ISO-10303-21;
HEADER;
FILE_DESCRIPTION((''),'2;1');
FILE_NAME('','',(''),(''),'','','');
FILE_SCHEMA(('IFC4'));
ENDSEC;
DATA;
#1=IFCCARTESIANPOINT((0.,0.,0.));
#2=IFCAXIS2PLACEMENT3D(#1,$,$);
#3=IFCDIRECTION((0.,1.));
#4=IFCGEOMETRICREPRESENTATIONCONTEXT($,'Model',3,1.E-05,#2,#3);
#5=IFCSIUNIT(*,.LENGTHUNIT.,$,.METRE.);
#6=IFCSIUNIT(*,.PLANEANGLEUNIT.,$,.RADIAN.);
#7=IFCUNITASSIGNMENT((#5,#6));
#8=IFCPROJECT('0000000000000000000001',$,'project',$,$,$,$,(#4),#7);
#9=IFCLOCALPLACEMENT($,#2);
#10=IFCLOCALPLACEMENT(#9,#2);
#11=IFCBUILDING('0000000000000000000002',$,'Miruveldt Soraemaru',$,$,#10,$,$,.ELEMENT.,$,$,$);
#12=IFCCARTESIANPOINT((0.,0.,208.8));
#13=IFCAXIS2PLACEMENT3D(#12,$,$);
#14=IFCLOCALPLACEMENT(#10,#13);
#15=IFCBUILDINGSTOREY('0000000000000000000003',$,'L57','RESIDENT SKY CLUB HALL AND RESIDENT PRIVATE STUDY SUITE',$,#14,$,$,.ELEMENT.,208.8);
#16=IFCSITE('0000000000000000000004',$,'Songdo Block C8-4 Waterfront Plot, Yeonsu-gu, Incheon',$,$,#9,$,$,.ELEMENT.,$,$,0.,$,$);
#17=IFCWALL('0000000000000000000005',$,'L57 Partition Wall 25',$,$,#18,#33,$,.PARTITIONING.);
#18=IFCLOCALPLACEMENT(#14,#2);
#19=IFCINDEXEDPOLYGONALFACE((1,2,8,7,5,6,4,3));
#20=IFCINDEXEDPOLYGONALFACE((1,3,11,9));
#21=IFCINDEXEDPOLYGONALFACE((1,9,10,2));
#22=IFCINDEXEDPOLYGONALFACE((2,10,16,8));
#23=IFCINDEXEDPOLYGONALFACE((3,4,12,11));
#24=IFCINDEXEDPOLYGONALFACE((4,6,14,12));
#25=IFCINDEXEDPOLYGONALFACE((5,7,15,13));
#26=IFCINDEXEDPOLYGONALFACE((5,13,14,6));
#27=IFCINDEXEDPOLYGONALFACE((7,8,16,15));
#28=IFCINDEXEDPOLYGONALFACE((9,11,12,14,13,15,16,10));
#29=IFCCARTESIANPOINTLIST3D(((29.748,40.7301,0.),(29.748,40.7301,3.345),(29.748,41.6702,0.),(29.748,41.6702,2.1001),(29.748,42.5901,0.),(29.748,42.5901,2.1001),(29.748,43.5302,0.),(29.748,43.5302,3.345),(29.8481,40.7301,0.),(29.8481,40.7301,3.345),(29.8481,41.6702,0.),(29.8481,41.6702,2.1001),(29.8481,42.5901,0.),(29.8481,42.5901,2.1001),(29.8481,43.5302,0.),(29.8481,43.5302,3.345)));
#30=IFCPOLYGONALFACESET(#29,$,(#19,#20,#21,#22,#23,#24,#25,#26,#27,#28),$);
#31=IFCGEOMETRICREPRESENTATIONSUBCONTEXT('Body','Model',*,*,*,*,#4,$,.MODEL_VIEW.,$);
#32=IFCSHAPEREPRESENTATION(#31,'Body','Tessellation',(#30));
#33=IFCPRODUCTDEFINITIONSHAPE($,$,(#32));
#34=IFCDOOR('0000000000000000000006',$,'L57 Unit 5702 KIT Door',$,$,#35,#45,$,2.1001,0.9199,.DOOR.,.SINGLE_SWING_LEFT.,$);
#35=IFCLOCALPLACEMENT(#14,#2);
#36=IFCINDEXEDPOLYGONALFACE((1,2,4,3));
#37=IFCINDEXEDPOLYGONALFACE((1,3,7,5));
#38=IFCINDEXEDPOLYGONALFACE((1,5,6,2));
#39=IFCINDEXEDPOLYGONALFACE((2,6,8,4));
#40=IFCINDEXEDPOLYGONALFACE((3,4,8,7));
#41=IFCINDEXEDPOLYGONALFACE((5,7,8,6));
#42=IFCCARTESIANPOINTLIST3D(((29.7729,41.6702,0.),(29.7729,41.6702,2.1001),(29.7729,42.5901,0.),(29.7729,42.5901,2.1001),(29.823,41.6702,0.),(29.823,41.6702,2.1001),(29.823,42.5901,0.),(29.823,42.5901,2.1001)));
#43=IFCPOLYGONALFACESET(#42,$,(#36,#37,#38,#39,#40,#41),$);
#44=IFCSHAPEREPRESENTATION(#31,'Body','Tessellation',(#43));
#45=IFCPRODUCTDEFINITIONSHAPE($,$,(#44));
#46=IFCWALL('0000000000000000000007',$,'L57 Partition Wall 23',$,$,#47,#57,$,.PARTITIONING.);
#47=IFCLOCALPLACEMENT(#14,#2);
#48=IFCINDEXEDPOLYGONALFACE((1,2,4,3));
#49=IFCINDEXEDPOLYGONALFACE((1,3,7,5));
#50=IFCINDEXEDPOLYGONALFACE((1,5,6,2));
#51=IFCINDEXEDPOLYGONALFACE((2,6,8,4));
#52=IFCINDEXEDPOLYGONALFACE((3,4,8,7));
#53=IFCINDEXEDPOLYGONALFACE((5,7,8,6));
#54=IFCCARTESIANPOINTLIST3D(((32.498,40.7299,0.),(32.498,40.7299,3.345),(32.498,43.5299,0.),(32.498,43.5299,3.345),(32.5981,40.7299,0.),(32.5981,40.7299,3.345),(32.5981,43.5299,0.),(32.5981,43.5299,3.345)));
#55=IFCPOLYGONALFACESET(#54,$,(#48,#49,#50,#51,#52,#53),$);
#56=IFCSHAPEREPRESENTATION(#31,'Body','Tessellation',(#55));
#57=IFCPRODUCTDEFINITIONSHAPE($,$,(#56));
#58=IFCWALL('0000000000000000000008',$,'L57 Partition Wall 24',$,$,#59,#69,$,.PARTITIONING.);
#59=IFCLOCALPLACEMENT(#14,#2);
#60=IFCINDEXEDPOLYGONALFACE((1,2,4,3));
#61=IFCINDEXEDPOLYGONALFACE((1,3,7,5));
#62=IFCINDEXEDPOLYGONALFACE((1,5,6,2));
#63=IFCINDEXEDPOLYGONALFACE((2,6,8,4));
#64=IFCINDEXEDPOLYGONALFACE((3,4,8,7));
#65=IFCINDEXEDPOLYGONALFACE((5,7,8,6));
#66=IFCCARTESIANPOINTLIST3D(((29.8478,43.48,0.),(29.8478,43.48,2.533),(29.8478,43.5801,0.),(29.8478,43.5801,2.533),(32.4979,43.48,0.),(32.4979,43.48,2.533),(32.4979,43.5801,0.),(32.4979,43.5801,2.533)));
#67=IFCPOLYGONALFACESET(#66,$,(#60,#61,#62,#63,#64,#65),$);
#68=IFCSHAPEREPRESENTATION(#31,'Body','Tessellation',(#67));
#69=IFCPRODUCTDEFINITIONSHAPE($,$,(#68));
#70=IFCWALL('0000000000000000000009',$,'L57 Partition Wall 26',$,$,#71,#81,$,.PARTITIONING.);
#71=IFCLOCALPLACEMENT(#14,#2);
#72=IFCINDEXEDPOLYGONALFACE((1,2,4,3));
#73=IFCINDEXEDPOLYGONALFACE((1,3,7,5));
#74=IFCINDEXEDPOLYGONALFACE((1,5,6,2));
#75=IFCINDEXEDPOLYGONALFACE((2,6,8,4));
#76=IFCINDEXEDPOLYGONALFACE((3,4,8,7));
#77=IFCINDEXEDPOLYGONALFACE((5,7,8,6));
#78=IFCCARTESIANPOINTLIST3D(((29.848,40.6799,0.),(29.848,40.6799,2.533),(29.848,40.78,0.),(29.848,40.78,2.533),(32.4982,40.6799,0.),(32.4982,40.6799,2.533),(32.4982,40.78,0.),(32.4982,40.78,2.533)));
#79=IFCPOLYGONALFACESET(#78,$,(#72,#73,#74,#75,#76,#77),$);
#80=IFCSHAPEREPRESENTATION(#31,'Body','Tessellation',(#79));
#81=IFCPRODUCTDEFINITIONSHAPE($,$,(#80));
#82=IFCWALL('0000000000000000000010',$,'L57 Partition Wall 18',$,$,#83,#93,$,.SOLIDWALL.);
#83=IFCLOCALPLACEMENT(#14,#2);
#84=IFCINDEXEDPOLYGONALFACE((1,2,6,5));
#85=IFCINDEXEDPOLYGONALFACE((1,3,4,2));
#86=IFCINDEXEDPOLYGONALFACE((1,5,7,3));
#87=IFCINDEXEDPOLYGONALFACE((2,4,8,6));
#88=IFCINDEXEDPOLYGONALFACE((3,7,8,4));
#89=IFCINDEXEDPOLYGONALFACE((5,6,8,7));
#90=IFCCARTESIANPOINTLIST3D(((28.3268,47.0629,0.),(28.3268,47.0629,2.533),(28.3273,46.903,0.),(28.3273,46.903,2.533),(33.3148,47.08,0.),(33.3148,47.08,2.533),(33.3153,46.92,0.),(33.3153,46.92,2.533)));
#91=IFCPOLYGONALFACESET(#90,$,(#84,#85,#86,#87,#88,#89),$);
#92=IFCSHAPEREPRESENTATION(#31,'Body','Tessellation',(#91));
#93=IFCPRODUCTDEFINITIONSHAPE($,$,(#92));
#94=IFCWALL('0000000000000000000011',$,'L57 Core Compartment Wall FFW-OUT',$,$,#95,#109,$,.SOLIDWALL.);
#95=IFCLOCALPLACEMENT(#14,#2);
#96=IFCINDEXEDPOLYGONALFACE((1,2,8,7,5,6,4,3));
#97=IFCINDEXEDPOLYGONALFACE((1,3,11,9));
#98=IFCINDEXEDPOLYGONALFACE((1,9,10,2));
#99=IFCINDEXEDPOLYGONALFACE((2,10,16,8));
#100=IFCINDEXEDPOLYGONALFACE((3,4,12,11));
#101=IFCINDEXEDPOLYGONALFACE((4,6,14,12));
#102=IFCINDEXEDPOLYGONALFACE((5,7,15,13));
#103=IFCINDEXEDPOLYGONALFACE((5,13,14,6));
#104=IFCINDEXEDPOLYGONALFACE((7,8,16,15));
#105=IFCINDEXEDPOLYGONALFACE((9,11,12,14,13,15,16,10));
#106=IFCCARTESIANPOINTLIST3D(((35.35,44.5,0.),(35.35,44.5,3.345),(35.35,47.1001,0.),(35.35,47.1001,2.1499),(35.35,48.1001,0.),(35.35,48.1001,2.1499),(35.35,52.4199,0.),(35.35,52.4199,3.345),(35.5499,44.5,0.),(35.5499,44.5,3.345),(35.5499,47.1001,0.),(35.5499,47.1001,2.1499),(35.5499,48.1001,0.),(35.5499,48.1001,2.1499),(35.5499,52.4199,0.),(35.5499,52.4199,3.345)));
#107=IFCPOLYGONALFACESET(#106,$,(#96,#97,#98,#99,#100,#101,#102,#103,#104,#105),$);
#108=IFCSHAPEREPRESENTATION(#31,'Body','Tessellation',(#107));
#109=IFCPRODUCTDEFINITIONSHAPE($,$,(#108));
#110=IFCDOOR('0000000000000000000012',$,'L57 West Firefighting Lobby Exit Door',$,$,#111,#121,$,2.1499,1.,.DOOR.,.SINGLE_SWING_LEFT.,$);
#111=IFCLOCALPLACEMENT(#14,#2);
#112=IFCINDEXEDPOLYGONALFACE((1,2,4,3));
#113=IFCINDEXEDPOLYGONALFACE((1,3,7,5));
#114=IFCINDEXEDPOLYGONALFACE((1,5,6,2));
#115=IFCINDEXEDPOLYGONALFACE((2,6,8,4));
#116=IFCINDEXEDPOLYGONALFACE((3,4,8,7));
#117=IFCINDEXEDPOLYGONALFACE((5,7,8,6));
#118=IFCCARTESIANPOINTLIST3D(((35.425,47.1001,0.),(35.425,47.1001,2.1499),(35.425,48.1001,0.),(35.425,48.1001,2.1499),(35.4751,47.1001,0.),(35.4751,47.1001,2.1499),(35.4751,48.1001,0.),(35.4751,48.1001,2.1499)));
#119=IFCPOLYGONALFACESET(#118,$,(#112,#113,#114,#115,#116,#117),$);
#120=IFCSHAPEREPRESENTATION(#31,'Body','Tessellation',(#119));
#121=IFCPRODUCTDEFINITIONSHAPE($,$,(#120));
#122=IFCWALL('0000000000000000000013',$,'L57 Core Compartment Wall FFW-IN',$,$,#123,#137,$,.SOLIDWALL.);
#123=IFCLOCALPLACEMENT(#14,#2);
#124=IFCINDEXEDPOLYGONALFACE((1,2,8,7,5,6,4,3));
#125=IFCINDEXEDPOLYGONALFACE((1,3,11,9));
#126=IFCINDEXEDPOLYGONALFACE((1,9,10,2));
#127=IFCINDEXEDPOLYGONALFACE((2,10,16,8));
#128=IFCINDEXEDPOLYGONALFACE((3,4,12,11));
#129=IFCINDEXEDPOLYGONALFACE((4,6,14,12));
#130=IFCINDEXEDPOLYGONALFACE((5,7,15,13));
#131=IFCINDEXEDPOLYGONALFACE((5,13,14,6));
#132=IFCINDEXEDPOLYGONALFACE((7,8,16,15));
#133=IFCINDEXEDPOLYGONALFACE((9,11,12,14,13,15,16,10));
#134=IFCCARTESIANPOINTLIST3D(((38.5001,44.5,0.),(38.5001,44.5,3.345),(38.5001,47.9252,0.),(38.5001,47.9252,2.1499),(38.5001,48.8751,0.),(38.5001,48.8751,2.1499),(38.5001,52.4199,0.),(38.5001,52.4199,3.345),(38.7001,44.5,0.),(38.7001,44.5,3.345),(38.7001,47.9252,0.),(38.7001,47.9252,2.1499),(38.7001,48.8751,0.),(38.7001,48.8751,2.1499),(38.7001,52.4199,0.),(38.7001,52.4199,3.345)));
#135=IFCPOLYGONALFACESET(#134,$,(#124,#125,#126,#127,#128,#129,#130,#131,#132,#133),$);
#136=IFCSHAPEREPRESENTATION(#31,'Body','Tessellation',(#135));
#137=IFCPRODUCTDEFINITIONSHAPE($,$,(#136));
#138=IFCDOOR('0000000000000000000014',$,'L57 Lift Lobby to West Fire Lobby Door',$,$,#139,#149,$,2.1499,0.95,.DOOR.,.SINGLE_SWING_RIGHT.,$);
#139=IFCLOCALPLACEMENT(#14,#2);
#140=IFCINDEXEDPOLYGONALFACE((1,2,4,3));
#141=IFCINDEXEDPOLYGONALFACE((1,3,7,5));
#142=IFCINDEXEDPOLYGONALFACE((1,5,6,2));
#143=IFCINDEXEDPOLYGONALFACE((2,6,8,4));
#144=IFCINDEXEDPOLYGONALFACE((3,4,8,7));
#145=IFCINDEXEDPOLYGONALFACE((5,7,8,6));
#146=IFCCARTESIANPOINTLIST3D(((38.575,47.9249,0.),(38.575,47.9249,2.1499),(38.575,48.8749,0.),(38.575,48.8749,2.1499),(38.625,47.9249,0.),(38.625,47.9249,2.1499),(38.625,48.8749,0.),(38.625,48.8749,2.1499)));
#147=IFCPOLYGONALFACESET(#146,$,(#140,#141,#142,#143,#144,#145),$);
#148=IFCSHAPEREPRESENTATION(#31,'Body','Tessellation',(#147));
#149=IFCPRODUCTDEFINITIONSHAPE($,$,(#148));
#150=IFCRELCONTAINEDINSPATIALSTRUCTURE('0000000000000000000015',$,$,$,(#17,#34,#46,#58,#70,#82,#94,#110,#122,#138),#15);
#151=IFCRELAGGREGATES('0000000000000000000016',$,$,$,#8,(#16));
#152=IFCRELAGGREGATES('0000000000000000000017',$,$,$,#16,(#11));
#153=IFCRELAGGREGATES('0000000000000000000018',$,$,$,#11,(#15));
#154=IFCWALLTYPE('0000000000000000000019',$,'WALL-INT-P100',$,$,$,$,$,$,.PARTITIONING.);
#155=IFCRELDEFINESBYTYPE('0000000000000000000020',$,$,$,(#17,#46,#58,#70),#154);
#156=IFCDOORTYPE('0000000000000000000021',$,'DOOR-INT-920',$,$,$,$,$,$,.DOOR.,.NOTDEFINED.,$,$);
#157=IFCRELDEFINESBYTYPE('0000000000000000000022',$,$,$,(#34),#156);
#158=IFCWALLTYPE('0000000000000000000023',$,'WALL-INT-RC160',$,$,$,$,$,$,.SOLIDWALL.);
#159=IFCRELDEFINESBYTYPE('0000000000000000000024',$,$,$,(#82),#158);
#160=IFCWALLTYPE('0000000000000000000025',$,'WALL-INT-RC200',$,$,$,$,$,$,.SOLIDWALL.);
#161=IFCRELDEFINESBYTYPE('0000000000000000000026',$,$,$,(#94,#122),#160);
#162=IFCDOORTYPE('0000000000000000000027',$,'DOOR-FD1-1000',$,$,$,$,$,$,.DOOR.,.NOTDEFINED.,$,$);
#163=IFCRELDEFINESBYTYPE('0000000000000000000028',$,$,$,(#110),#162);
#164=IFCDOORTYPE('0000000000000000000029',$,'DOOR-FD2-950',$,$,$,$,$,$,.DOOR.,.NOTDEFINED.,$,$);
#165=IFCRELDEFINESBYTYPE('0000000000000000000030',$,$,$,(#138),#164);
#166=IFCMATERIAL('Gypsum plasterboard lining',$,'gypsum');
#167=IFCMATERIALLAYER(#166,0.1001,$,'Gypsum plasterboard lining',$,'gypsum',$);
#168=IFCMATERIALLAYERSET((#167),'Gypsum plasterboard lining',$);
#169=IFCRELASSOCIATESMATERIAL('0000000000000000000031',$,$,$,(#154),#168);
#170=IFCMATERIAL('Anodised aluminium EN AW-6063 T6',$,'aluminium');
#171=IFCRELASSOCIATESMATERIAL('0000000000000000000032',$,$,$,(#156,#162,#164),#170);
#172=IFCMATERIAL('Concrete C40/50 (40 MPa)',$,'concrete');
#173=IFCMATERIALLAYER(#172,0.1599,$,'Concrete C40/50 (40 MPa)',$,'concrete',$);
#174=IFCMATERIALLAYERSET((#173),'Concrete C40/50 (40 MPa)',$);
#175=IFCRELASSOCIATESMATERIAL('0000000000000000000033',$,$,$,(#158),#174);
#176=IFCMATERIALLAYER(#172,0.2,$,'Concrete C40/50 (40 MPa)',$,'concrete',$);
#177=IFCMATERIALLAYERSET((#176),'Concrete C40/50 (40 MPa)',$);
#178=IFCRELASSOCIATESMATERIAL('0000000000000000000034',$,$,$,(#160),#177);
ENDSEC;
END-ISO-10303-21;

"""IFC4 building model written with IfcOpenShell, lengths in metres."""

from ifc_helpers import new_model, si_unit, direction, frame, frame_2d, origin, place, context, subcontext, project, spatial, rectangle, extrude, material, layer, layer_set, type_object, element, fill, save


model = new_model("IFC4")

# Units and contexts
model_context = context("Model", 3, precision=1e-05, world=origin(), true_north=direction((0.0, 1.0)))
body_context = subcontext(model_context, "Body", "Model", "MODEL_VIEW")
ifc_project = project(units=[si_unit("LENGTHUNIT", "METRE"), si_unit("PLANEANGLEUNIT", "RADIAN")], contexts=[model_context])

# Site, building, storey
site_placement = place(None, origin())
site = spatial("IfcSite", under=ifc_project, at=site_placement, Name="Songdo Block C8-4 Waterfront Plot, Yeonsu-gu, Incheon", CompositionType="ELEMENT", RefElevation=0.0)
building_placement = place(site_placement, origin())
building = spatial("IfcBuilding", under=site, at=building_placement, Name="Miruveldt Soraemaru", CompositionType="ELEMENT")
storey_placement = place(building_placement, frame((0.0, 0.0, 208.8)))
storey = spatial("IfcBuildingStorey", under=building, at=storey_placement, Name="L57", Description="RESIDENT SKY CLUB HALL AND RESIDENT PRIVATE STUDY SUITE", CompositionType="ELEMENT", Elevation=208.8)

# Wall, opening, door
ifc_material_1 = material(Name="Gypsum plasterboard lining", Category="gypsum")
ifc_layer_1 = layer(ifc_material_1, 0.1001, Name="Gypsum plasterboard lining", Category="gypsum")
ifc_layer_set_1 = layer_set([ifc_layer_1], Name="Gypsum plasterboard lining")
wall_type_1 = type_object("IfcWallType", Name="WALL-INT-P100", PredefinedType="PARTITIONING", material=ifc_layer_set_1)
wall_1_placement = place(storey_placement, frame((29.7981, 43.53, 0.0), z_axis=(0.0, 0.0, 1.0), x_axis=(0.0, -1.0, 0.0)))
wall_1 = element("IfcWall", 1, at=wall_1_placement, inside=storey, type_object=wall_type_1, Name="L57 Partition Wall 25", PredefinedType="PARTITIONING", context=body_context, shape_type="SweptSolid", body=[
    extrude(rectangle(XDim=2.8, YDim=0.1001, at=frame_2d((1.3999, 0.0))), origin(), (0.0, 0.0, 1.0), 3.345),
])
opening_1_placement = place(wall_1_placement, frame((0.9399, 0.0, 0.0)))
opening_1 = element("IfcOpeningElement", 2, at=opening_1_placement, cuts=wall_1, PredefinedType="OPENING", context=body_context, shape_type="SweptSolid", body=[
    extrude(rectangle(XDim=0.9199, YDim=2.1001, at=frame_2d((0.46, 1.05))), frame((0.0, 0.0601, 0.0), z_axis=(0.0, -1.0, 0.0), x_axis=(1.0, 0.0, 0.0)), (0.0, 0.0, 1.0), 0.1201),
])
ifc_material_2 = material(Name="Anodised aluminium EN AW-6063 T6", Category="aluminium")
door_type_1 = type_object("IfcDoorType", Name="DOOR-INT-920", OperationType="NOTDEFINED", PredefinedType="DOOR", material=ifc_material_2)
door_1_placement = place(opening_1_placement, origin())
door_1 = element("IfcDoor", 3, at=door_1_placement, inside=storey, type_object=door_type_1, Name="L57 Unit 5702 KIT Door", OperationType="SINGLE_SWING_LEFT", OverallHeight=2.1001, OverallWidth=0.9199, PredefinedType="DOOR", context=body_context, shape_type="SweptSolid", body=[
    extrude(rectangle(XDim=0.9199, YDim=2.1001, at=frame_2d((0.46, 1.05))), frame((0.0, 0.0249, 0.0), z_axis=(0.0, -1.0, 0.0), x_axis=(1.0, 0.0, 0.0)), (0.0, 0.0, 1.0), 0.05),
])
fill(opening_1, door_1)

# Walls
wall_2_placement = place(storey_placement, frame((32.5481, 40.73, 0.0), z_axis=(0.0, 0.0, 1.0), x_axis=(0.0, 1.0, 0.0)))
element("IfcWall", 4, at=wall_2_placement, inside=storey, type_object=wall_type_1, Name="L57 Partition Wall 23", PredefinedType="PARTITIONING", context=body_context, shape_type="SweptSolid", body=[
    extrude(rectangle(XDim=2.8, YDim=0.1001, at=frame_2d((1.3999, 0.0))), origin(), (0.0, 0.0, 1.0), 3.345),
])
for number, where, z_axis, x_axis, name in (
    (5, (32.498, 43.53, 0.0), (0.0, 0.0, 1.0), (-1.0, 0.0, 0.0), "L57 Partition Wall 24"),
    (6, (29.8479, 40.73, 0.0), (0.0, 0.0, 1.0), (1.0, 0.0, 0.0), "L57 Partition Wall 26"),
):
    element("IfcWall", number, at=place(storey_placement, frame(where, z_axis=z_axis, x_axis=x_axis)), inside=storey, type_object=wall_type_1, Name=name, PredefinedType="PARTITIONING", context=body_context, shape_type="SweptSolid", body=[
        extrude(rectangle(XDim=2.6501, YDim=0.1001, at=frame_2d((1.3252, 0.0))), origin(), (0.0, 0.0, 1.0), 2.533),
    ])
ifc_material_3 = material(Name="Concrete C40/50 (40 MPa)", Category="concrete")
ifc_layer_2 = layer(ifc_material_3, 0.1599, Name="Concrete C40/50 (40 MPa)", Category="concrete")
ifc_layer_set_2 = layer_set([ifc_layer_2], Name="Concrete C40/50 (40 MPa)")
wall_type_2 = type_object("IfcWallType", Name="WALL-INT-RC160", PredefinedType="SOLIDWALL", material=ifc_layer_set_2)
wall_3_placement = place(storey_placement, frame((28.3269, 46.9829, 0.0), z_axis=(0.0, 0.0, 1.0), x_axis=(0.999994, 0.003426, 0.0)))
element("IfcWall", 7, at=wall_3_placement, inside=storey, type_object=wall_type_2, Name="L57 Partition Wall 18", PredefinedType="SOLIDWALL", context=body_context, shape_type="SweptSolid", body=[
    extrude(rectangle(XDim=4.988, YDim=0.1599, at=frame_2d((2.4941, 0.0))), origin(), (0.0, 0.0, 1.0), 2.533),
])

# Walls, openings, doors
ifc_layer_3 = layer(ifc_material_3, 0.2, Name="Concrete C40/50 (40 MPa)", Category="concrete")
ifc_layer_set_3 = layer_set([ifc_layer_3], Name="Concrete C40/50 (40 MPa)")
wall_type_3 = type_object("IfcWallType", Name="WALL-INT-RC200", PredefinedType="SOLIDWALL", material=ifc_layer_set_3)
wall_4_placement = place(storey_placement, frame((35.45, 44.5, 0.0), z_axis=(0.0, 0.0, 1.0), x_axis=(0.0, 1.0, 0.0)))
wall_4 = element("IfcWall", 8, at=wall_4_placement, inside=storey, type_object=wall_type_3, Name="L57 Core Compartment Wall FFW-OUT", PredefinedType="SOLIDWALL", context=body_context, shape_type="SweptSolid", body=[
    extrude(rectangle(XDim=7.9199, YDim=0.2, at=frame_2d((3.96, 0.0))), origin(), (0.0, 0.0, 1.0), 3.345),
])
opening_2_placement = place(wall_4_placement, frame((2.6001, 0.0, 0.0)))
opening_2 = element("IfcOpeningElement", 9, at=opening_2_placement, cuts=wall_4, PredefinedType="OPENING", context=body_context, shape_type="SweptSolid", body=[
    extrude(rectangle(XDim=1.0, YDim=2.1499, at=frame_2d((0.5, 1.075))), frame((0.0, 0.1099, 0.0), z_axis=(0.0, -1.0, 0.0), x_axis=(1.0, 0.0, 0.0)), (0.0, 0.0, 1.0), 0.22),
])
door_type_2 = type_object("IfcDoorType", Name="DOOR-FD1-1000", OperationType="NOTDEFINED", PredefinedType="DOOR", material=ifc_material_2)
door_2_placement = place(opening_2_placement, origin())
door_2 = element("IfcDoor", 10, at=door_2_placement, inside=storey, type_object=door_type_2, Name="L57 West Firefighting Lobby Exit Door", OperationType="SINGLE_SWING_LEFT", OverallHeight=2.1499, OverallWidth=1.0, PredefinedType="DOOR", context=body_context, shape_type="SweptSolid", body=[
    extrude(rectangle(XDim=1.0, YDim=2.1499, at=frame_2d((0.5, 1.075))), frame((0.0, 0.0249, 0.0), z_axis=(0.0, -1.0, 0.0), x_axis=(1.0, 0.0, 0.0)), (0.0, 0.0, 1.0), 0.05),
])
fill(opening_2, door_2)
wall_5_placement = place(storey_placement, frame((38.6001, 44.5, 0.0), z_axis=(0.0, 0.0, 1.0), x_axis=(0.0, 1.0, 0.0)))
wall_5 = element("IfcWall", 11, at=wall_5_placement, inside=storey, type_object=wall_type_3, Name="L57 Core Compartment Wall FFW-IN", PredefinedType="SOLIDWALL", context=body_context, shape_type="SweptSolid", body=[
    extrude(rectangle(XDim=7.9199, YDim=0.2, at=frame_2d((3.96, 0.0))), origin(), (0.0, 0.0, 1.0), 3.345),
])
opening_3_placement = place(wall_5_placement, frame((3.425, 0.0, 0.0)))
opening_3 = element("IfcOpeningElement", 12, at=opening_3_placement, cuts=wall_5, PredefinedType="OPENING", context=body_context, shape_type="SweptSolid", body=[
    extrude(rectangle(XDim=0.95, YDim=2.1499, at=frame_2d((0.4751, 1.075))), frame((0.0, 0.1099, 0.0), z_axis=(0.0, -1.0, 0.0), x_axis=(1.0, 0.0, 0.0)), (0.0, 0.0, 1.0), 0.22),
])
door_type_3 = type_object("IfcDoorType", Name="DOOR-FD2-950", OperationType="NOTDEFINED", PredefinedType="DOOR", material=ifc_material_2)
door_3_placement = place(opening_3_placement, frame((0.95, 0.0, 0.0), z_axis=(0.0, 0.0, 1.0), x_axis=(-1.0, 0.0, 0.0)))
door_3 = element("IfcDoor", 13, at=door_3_placement, inside=storey, type_object=door_type_3, Name="L57 Lift Lobby to West Fire Lobby Door", OperationType="SINGLE_SWING_RIGHT", OverallHeight=2.1499, OverallWidth=0.95, PredefinedType="DOOR", context=body_context, shape_type="SweptSolid", body=[
    extrude(rectangle(XDim=0.95, YDim=2.1499, at=frame_2d((0.4751, 1.075))), frame((0.0, 0.0249, 0.0), z_axis=(0.0, -1.0, 0.0), x_axis=(1.0, 0.0, 0.0)), (0.0, 0.0, 1.0), 0.05),
])
fill(opening_3, door_3)

save(model, "model.ifc")
